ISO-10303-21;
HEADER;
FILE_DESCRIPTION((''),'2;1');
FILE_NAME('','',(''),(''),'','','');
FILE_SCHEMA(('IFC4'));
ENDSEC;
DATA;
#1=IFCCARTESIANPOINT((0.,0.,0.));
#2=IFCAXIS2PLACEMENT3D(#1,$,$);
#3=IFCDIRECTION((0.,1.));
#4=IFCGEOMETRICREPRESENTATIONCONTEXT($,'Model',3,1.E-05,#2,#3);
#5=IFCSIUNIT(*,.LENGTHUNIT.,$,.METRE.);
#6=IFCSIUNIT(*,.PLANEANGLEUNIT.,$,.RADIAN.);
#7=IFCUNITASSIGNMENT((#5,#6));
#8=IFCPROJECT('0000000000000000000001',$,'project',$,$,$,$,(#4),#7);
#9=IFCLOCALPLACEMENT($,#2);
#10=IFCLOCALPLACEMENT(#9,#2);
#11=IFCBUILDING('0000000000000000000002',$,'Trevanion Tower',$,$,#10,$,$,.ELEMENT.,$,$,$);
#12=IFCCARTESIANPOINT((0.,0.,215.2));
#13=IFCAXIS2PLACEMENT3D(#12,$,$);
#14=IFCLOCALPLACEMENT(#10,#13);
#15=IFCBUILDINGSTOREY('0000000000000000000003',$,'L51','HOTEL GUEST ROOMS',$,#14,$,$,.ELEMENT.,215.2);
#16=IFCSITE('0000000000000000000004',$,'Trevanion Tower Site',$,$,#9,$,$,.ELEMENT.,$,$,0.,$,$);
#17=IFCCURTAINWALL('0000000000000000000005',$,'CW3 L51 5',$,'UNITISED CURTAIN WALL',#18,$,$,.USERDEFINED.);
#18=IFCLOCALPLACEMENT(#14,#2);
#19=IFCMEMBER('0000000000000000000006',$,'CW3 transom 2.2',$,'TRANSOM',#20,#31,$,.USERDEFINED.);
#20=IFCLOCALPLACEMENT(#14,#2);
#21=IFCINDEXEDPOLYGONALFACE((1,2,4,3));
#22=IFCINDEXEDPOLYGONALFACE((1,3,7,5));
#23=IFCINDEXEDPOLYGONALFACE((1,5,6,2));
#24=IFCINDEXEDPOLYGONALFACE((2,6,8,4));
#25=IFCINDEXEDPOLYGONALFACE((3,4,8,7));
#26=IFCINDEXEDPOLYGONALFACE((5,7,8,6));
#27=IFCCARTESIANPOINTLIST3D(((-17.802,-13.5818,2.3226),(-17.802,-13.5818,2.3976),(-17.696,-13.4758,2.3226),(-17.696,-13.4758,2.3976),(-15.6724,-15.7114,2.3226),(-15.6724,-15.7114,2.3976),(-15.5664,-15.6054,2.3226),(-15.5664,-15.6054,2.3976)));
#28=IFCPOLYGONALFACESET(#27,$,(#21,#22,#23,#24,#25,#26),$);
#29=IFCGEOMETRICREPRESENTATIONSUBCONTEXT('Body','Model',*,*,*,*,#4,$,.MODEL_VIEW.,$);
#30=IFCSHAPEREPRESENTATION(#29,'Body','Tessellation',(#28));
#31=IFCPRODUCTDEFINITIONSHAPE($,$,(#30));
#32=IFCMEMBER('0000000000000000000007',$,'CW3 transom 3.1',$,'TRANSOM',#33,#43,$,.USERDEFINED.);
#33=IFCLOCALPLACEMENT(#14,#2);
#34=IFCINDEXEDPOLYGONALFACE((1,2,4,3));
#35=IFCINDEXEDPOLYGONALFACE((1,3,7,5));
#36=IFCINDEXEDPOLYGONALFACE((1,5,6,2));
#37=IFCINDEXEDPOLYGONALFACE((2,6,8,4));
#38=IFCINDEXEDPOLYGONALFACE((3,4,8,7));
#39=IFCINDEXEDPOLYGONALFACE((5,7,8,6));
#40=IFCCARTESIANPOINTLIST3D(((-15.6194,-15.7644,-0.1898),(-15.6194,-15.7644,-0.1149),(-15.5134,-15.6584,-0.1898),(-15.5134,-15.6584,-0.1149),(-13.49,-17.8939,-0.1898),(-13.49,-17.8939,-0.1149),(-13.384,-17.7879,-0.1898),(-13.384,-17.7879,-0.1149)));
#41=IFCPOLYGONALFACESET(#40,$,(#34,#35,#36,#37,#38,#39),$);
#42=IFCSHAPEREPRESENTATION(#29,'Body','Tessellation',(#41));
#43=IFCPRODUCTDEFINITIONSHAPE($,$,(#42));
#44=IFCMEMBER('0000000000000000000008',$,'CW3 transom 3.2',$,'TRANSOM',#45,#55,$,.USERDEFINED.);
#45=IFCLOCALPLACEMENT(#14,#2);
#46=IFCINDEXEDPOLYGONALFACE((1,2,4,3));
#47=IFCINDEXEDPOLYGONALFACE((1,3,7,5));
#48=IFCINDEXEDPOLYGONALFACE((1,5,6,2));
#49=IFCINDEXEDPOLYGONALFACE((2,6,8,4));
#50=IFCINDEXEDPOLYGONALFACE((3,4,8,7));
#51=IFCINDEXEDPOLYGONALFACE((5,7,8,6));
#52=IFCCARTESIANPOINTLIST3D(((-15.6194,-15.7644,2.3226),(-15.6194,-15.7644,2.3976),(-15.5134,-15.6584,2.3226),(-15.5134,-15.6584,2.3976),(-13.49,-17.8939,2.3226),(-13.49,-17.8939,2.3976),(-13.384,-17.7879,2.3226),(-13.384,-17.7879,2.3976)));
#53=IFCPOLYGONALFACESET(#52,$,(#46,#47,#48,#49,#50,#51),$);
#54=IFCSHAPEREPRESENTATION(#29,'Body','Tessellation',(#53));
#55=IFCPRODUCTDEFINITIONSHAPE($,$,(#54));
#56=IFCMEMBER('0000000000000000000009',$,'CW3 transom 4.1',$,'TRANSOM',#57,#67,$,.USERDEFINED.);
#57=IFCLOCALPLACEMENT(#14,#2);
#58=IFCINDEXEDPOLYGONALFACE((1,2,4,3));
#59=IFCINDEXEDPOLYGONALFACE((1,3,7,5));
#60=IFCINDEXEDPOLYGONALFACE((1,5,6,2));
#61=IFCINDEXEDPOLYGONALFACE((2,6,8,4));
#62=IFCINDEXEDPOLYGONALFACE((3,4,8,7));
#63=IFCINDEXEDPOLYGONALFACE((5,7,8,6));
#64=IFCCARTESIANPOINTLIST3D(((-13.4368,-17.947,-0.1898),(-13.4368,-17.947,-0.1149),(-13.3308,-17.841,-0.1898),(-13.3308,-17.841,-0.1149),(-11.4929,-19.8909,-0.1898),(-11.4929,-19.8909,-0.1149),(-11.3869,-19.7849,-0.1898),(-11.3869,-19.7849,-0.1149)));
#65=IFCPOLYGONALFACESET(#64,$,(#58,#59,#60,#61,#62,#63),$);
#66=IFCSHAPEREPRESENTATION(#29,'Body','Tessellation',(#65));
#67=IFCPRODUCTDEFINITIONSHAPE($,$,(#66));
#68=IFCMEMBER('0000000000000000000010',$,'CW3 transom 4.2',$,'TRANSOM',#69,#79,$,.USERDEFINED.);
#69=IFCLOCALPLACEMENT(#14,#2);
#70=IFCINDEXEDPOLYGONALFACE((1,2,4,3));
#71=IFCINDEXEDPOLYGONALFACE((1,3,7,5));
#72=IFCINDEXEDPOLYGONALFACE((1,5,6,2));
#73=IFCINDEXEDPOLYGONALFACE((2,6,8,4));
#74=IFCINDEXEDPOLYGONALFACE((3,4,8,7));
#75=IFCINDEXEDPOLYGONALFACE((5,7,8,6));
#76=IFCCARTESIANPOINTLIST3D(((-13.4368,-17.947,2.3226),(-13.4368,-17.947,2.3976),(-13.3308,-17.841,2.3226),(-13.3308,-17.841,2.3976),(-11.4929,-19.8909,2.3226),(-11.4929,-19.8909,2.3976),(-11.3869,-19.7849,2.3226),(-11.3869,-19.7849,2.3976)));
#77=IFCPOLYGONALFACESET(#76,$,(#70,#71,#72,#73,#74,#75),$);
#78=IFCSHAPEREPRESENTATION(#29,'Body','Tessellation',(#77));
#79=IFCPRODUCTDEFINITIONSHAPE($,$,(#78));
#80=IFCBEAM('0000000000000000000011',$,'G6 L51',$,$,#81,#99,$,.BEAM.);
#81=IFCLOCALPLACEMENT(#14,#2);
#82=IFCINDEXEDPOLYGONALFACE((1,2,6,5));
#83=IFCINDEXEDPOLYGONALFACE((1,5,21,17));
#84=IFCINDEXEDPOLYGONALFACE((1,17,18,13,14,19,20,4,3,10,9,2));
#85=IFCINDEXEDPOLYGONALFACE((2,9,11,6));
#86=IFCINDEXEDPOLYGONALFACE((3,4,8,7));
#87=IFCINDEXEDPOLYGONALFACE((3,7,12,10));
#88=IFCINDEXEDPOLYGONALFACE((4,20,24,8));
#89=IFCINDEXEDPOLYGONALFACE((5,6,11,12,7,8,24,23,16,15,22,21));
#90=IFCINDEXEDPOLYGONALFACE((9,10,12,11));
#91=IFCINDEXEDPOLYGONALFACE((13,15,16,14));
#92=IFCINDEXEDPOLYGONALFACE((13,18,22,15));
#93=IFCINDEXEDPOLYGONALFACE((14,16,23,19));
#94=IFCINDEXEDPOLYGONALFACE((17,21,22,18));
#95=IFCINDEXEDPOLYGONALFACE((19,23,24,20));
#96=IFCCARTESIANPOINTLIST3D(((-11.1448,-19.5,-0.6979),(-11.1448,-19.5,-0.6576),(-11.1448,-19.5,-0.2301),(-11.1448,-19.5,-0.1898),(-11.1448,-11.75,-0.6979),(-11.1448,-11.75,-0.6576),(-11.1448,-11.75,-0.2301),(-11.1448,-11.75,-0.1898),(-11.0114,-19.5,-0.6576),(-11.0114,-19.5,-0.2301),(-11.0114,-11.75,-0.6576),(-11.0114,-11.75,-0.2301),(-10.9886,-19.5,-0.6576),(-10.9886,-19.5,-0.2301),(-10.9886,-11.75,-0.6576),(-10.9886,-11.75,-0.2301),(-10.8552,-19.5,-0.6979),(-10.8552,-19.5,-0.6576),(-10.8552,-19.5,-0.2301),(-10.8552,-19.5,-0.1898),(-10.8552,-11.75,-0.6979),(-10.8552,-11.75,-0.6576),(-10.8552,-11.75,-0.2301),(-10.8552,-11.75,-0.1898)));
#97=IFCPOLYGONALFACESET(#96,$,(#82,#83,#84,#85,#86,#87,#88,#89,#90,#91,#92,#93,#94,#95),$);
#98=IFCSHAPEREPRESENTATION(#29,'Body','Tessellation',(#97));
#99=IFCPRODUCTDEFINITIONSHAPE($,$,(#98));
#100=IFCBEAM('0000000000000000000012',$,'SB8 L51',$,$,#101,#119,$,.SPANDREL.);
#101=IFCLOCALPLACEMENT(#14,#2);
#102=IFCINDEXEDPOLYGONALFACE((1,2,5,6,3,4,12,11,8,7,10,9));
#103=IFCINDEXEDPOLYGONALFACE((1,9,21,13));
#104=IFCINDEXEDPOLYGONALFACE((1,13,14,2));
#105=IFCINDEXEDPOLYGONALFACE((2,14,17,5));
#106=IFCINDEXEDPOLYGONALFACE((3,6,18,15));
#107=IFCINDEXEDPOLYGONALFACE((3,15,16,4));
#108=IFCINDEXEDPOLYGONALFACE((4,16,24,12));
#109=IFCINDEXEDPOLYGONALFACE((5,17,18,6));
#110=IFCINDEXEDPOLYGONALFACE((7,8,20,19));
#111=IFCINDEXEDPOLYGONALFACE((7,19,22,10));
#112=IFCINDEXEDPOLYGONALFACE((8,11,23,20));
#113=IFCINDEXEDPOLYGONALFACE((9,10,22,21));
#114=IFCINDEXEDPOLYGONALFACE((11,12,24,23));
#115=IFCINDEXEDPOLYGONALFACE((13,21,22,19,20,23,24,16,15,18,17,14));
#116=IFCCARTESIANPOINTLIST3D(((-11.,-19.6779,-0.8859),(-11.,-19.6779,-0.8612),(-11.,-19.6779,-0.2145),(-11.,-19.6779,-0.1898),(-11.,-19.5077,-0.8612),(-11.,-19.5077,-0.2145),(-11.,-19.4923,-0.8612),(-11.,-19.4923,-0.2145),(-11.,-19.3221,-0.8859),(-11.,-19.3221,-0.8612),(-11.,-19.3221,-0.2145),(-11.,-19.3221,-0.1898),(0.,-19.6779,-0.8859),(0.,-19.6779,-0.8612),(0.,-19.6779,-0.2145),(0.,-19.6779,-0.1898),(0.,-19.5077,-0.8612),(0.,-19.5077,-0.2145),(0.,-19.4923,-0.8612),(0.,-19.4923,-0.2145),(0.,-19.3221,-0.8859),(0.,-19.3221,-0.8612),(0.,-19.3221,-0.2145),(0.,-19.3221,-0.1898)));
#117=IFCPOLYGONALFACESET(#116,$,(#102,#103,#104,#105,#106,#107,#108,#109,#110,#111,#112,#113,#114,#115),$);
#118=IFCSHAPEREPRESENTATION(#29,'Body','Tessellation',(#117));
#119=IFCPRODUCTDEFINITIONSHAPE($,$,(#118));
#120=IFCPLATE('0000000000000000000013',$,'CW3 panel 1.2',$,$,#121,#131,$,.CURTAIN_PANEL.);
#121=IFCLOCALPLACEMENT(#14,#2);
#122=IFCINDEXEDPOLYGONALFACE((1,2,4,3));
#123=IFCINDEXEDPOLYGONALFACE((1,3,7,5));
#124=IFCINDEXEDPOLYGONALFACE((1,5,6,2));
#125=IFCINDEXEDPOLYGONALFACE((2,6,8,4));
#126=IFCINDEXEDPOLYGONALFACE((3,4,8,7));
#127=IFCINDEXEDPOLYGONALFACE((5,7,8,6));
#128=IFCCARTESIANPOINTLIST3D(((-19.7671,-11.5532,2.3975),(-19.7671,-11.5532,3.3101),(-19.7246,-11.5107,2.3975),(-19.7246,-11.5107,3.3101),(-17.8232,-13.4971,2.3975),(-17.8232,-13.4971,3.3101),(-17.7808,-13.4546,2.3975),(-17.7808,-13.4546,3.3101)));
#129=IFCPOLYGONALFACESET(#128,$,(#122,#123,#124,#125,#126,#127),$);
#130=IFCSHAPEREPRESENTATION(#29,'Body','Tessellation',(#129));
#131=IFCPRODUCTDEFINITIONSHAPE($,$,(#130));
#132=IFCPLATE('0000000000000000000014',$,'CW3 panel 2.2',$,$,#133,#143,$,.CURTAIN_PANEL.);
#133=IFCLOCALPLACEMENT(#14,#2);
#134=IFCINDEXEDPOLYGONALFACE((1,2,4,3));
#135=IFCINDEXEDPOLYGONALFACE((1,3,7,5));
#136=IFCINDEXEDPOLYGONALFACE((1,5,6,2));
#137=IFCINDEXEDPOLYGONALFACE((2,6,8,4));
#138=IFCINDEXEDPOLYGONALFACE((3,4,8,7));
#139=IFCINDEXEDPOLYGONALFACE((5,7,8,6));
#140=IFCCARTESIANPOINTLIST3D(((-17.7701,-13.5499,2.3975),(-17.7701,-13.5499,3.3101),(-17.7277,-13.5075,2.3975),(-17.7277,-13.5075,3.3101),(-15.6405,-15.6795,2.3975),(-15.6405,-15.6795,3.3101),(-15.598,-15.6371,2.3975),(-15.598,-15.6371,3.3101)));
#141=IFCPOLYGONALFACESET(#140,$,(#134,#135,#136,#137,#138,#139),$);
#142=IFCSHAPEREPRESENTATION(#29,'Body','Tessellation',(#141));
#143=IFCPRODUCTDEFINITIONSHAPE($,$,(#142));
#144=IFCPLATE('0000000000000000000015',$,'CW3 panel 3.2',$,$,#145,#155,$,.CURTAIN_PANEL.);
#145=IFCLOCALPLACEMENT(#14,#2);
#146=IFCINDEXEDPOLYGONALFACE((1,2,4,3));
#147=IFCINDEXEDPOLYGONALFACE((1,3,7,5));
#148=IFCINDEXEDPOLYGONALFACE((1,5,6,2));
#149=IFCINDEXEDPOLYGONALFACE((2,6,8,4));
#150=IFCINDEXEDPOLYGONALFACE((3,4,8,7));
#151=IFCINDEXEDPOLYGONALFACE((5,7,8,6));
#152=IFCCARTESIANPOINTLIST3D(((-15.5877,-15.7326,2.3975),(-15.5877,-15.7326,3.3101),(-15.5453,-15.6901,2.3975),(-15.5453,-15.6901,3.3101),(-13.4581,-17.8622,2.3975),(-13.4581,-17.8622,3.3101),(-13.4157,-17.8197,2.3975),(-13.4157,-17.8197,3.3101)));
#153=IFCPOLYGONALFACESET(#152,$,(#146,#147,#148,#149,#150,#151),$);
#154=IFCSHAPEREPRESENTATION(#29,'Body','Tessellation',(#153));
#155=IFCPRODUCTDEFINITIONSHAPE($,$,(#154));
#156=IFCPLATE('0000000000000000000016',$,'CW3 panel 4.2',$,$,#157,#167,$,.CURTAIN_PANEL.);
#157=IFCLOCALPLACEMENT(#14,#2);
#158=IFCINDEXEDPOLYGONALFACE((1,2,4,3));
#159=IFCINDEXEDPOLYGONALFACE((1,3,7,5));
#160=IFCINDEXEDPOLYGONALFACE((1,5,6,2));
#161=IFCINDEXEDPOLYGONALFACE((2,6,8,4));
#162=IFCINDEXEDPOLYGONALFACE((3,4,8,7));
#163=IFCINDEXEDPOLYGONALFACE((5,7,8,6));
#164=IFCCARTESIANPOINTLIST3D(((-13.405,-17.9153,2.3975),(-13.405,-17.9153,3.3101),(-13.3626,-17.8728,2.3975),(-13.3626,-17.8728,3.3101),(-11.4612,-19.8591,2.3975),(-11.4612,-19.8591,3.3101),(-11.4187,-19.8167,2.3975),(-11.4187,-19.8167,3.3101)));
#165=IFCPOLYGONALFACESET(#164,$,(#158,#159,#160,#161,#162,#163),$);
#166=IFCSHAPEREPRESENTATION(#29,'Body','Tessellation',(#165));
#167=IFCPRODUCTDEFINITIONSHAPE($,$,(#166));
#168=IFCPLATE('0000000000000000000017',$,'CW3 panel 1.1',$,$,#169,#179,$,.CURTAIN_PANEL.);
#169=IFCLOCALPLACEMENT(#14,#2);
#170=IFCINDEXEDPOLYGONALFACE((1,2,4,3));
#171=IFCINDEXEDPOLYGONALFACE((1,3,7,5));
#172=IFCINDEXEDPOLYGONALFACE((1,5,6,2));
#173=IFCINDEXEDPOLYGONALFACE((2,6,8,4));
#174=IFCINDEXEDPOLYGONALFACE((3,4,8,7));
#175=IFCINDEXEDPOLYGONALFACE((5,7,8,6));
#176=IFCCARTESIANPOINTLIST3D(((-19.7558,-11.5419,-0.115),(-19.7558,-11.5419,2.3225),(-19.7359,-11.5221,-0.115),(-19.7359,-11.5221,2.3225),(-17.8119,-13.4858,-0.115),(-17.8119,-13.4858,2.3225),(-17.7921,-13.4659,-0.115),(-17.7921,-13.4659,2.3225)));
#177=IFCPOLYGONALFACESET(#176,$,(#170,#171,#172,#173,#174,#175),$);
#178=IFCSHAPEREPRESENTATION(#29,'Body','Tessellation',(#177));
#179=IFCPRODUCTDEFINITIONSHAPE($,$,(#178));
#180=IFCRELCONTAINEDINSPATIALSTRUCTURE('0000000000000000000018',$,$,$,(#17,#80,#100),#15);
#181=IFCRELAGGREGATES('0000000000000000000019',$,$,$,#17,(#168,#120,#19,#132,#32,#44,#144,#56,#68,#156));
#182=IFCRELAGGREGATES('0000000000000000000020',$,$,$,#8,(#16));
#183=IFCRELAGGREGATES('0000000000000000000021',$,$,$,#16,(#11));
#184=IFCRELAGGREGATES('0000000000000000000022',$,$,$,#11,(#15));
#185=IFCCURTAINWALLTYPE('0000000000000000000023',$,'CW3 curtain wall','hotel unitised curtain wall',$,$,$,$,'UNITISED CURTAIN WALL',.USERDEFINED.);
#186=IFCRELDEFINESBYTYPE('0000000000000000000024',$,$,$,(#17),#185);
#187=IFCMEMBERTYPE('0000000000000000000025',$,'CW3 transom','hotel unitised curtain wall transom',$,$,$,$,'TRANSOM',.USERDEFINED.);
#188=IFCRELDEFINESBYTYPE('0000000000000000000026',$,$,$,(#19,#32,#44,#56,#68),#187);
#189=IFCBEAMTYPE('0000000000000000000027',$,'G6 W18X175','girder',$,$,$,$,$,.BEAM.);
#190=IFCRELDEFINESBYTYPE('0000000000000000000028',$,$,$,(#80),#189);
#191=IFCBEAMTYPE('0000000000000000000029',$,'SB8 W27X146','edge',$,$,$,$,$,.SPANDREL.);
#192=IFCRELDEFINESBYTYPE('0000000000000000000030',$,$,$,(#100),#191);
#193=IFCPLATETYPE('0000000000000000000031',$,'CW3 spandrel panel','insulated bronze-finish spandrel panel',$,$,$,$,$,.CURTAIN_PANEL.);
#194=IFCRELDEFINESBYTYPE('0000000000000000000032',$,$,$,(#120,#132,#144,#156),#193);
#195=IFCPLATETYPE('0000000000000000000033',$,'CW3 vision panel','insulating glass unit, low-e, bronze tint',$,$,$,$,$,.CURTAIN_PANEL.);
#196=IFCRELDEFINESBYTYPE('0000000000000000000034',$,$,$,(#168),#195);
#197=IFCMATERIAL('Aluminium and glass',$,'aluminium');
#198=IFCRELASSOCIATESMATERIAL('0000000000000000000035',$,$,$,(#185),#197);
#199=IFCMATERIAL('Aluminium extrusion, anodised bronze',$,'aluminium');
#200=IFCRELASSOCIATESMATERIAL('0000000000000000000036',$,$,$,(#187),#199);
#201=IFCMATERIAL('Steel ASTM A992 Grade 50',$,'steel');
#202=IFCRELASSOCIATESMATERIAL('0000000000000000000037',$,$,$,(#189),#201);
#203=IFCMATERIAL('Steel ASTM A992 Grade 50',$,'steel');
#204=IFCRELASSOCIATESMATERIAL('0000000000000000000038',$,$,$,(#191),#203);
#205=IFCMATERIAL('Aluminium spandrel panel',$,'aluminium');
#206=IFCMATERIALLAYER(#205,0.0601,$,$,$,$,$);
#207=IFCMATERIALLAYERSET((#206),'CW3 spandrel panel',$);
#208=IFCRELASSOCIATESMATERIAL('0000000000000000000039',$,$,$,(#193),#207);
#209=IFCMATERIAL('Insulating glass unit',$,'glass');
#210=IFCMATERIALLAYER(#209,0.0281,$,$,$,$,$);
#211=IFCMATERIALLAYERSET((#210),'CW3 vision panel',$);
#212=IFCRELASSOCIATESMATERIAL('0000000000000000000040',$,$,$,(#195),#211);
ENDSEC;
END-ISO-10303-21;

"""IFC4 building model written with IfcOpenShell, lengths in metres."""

from ifc_helpers import new_model, si_unit, direction, frame, origin, origin_2d, place, context, subcontext, project, spatial, rectangle, i_section, extrude, material, layer, layer_set, material_profile, profile_set, type_object, element, aggregate, save


model = new_model("IFC4")

# Units and contexts
model_context = context("Model", 3, precision=1e-05, world=origin(), true_north=direction((0.0, 1.0)))
body_context = subcontext(model_context, "Body", "Model", "MODEL_VIEW")
ifc_project = project(units=[si_unit("LENGTHUNIT", "METRE"), si_unit("PLANEANGLEUNIT", "RADIAN")], contexts=[model_context])

# Site, building, storey
site_placement = place(None, origin())
site = spatial("IfcSite", under=ifc_project, at=site_placement, Name="Trevanion Tower Site", CompositionType="ELEMENT", RefElevation=0.0)
building_placement = place(site_placement, origin())
building = spatial("IfcBuilding", under=site, at=building_placement, Name="Trevanion Tower", CompositionType="ELEMENT")
storey_placement = place(building_placement, frame((0.0, 0.0, 215.2)))
storey = spatial("IfcBuildingStorey", under=building, at=storey_placement, Name="L51", Description="HOTEL GUEST ROOMS", CompositionType="ELEMENT", Elevation=215.2)

# Curtain wall
ifc_material_1 = material(Name="Aluminium and glass", Category="aluminium")
curtain_wall_type = type_object("IfcCurtainWallType", Name="CW3 curtain wall", Description="hotel unitised curtain wall", ElementType="UNITISED CURTAIN WALL", PredefinedType="USERDEFINED", material=ifc_material_1)
curtain_wall_1_placement = place(storey_placement, origin())
curtain_wall_1 = element("IfcCurtainWall", 1, at=curtain_wall_1_placement, inside=storey, type_object=curtain_wall_type, Name="CW3 L51 5", ObjectType="UNITISED CURTAIN WALL", PredefinedType="USERDEFINED")

# Members
ifc_material_2 = material(Name="Aluminium extrusion, anodised bronze", Category="aluminium")
ifc_material_profile_1 = material_profile(ifc_material_2, rectangle(XDim=0.1499, YDim=0.075, at=origin_2d()), Name="CW3 transom")
ifc_profile_set_1 = profile_set([ifc_material_profile_1], Name="Aluminium extrusion, anodised bronze")
member_type_1 = type_object("IfcMemberType", Name="CW3 transom", Description="hotel unitised curtain wall transom", ElementType="TRANSOM", PredefinedType="USERDEFINED", material=ifc_profile_set_1)
member_1_placement = place(storey_placement, frame((-17.749, -13.5288, 2.3601), z_axis=(0.707107, -0.707107, 0.0), x_axis=(0.707107, 0.707107, 0.0)))
member_1 = element("IfcMember", 2, at=member_1_placement, type_object=member_type_1, Name="CW3 transom 2.2", ObjectType="TRANSOM", PredefinedType="USERDEFINED", context=body_context, shape_type="SweptSolid", body=[
    extrude(rectangle(XDim=0.1499, YDim=0.075, at=origin_2d()), origin(), (0.0, 0.0, 1.0), 3.0117),
])
member_2_placement = place(storey_placement, frame((-15.5664, -15.7114, -0.1523), z_axis=(0.707107, -0.707107, 0.0), x_axis=(0.707107, 0.707107, 0.0)))
member_2 = element("IfcMember", 3, at=member_2_placement, type_object=member_type_1, Name="CW3 transom 3.1", ObjectType="TRANSOM", PredefinedType="USERDEFINED", context=body_context, shape_type="SweptSolid", body=[
    extrude(rectangle(XDim=0.1499, YDim=0.075, at=origin_2d()), origin(), (0.0, 0.0, 1.0), 3.0115),
])
member_3_placement = place(storey_placement, frame((-15.5664, -15.7114, 2.3601), z_axis=(0.707107, -0.707107, 0.0), x_axis=(0.707107, 0.707107, 0.0)))
member_3 = element("IfcMember", 4, at=member_3_placement, type_object=member_type_1, Name="CW3 transom 3.2", ObjectType="TRANSOM", PredefinedType="USERDEFINED", context=body_context, shape_type="SweptSolid", body=[
    extrude(rectangle(XDim=0.1499, YDim=0.075, at=origin_2d()), origin(), (0.0, 0.0, 1.0), 3.0115),
])
member_4_placement = place(storey_placement, frame((-13.3838, -17.894, -0.1523), z_axis=(0.707107, -0.707107, 0.0), x_axis=(0.707107, 0.707107, 0.0)))
member_4 = element("IfcMember", 5, at=member_4_placement, type_object=member_type_1, Name="CW3 transom 4.1", ObjectType="TRANSOM", PredefinedType="USERDEFINED", context=body_context, shape_type="SweptSolid", body=[
    extrude(rectangle(XDim=0.1499, YDim=0.075, at=origin_2d()), origin(), (0.0, 0.0, 1.0), 2.749),
])
member_5_placement = place(storey_placement, frame((-13.3838, -17.894, 2.3601), z_axis=(0.707107, -0.707107, 0.0), x_axis=(0.707107, 0.707107, 0.0)))
member_5 = element("IfcMember", 6, at=member_5_placement, type_object=member_type_1, Name="CW3 transom 4.2", ObjectType="TRANSOM", PredefinedType="USERDEFINED", context=body_context, shape_type="SweptSolid", body=[
    extrude(rectangle(XDim=0.1499, YDim=0.075, at=origin_2d()), origin(), (0.0, 0.0, 1.0), 2.749),
])

# Beams
ifc_material_3 = material(Name="Steel ASTM A992 Grade 50", Category="steel")
ifc_material_profile_2 = material_profile(ifc_material_3, i_section(OverallWidth=0.2896, OverallDepth=0.5081, WebThickness=0.0227, FlangeThickness=0.0403, at=origin_2d()), Name="W18X175")
ifc_profile_set_2 = profile_set([ifc_material_profile_2], Name="Steel ASTM A992 Grade 50")
beam_type_1 = type_object("IfcBeamType", Name="G6 W18X175", Description="girder", PredefinedType="BEAM", material=ifc_profile_set_2)
beam_1_placement = place(storey_placement, frame((-11.0, -11.75, -0.4438), z_axis=(0.0, -1.0, 0.0), x_axis=(1.0, 0.0, 0.0)))
element("IfcBeam", 7, at=beam_1_placement, inside=storey, type_object=beam_type_1, Name="G6 L51", PredefinedType="BEAM", context=body_context, shape_type="SweptSolid", body=[
    extrude(i_section(OverallWidth=0.2896, OverallDepth=0.5081, WebThickness=0.0227, FlangeThickness=0.0403, at=origin_2d()), origin(), (0.0, 0.0, 1.0), 7.75),
])
ifc_material_4 = material(Name="Steel ASTM A992 Grade 50", Category="steel")
ifc_material_profile_3 = material_profile(ifc_material_4, i_section(OverallWidth=0.3557, OverallDepth=0.696, WebThickness=0.0154, FlangeThickness=0.0247, at=origin_2d()), Name="W27X146")
ifc_profile_set_3 = profile_set([ifc_material_profile_3], Name="Steel ASTM A992 Grade 50")
beam_type_2 = type_object("IfcBeamType", Name="SB8 W27X146", Description="edge", PredefinedType="SPANDREL", material=ifc_profile_set_3)
beam_2_placement = place(storey_placement, frame((-11.0, -19.5, -0.5378), z_axis=(1.0, 0.0, 0.0), x_axis=(0.0, 1.0, 0.0)))
element("IfcBeam", 8, at=beam_2_placement, inside=storey, type_object=beam_type_2, Name="SB8 L51", PredefinedType="SPANDREL", context=body_context, shape_type="SweptSolid", body=[
    extrude(i_section(OverallWidth=0.3557, OverallDepth=0.696, WebThickness=0.0154, FlangeThickness=0.0247, at=origin_2d()), origin(), (0.0, 0.0, 1.0), 11.0),
])

# Plates
ifc_material_5 = material(Name="Aluminium spandrel panel", Category="aluminium")
ifc_layer_1 = layer(ifc_material_5, 0.0601)
ifc_layer_set_1 = layer_set([ifc_layer_1], Name="CW3 spandrel panel")
plate_type_1 = type_object("IfcPlateType", Name="CW3 spandrel panel", Description="insulated bronze-finish spandrel panel", PredefinedType="CURTAIN_PANEL", material=ifc_layer_set_1)
plate_1_placement = place(storey_placement, frame((-18.7739, -12.5039, 2.3975), z_axis=(0.0, 0.0, 1.0), x_axis=(0.707107, -0.707107, 0.0)))
plate_1 = element("IfcPlate", 9, at=plate_1_placement, type_object=plate_type_1, Name="CW3 panel 1.2", PredefinedType="CURTAIN_PANEL", context=body_context, shape_type="SweptSolid", body=[
    extrude(rectangle(XDim=2.749, YDim=0.0601, at=origin_2d()), origin(), (0.0, 0.0, 1.0), 0.9126),
])
plate_2_placement = place(storey_placement, frame((-16.6841, -14.5935, 2.3975), z_axis=(0.0, 0.0, 1.0), x_axis=(0.707107, -0.707107, 0.0)))
plate_2 = element("IfcPlate", 10, at=plate_2_placement, type_object=plate_type_1, Name="CW3 panel 2.2", PredefinedType="CURTAIN_PANEL", context=body_context, shape_type="SweptSolid", body=[
    extrude(rectangle(XDim=3.0117, YDim=0.0601, at=origin_2d()), origin(), (0.0, 0.0, 1.0), 0.9126),
])
plate_3_placement = place(storey_placement, frame((-14.5017, -16.7761, 2.3975), z_axis=(0.0, 0.0, 1.0), x_axis=(0.707107, -0.707107, 0.0)))
plate_3 = element("IfcPlate", 11, at=plate_3_placement, type_object=plate_type_1, Name="CW3 panel 3.2", PredefinedType="CURTAIN_PANEL", context=body_context, shape_type="SweptSolid", body=[
    extrude(rectangle(XDim=3.0117, YDim=0.0601, at=origin_2d()), origin(), (0.0, 0.0, 1.0), 0.9126),
])
plate_4_placement = place(storey_placement, frame((-12.4119, -18.866, 2.3975), z_axis=(0.0, 0.0, 1.0), x_axis=(0.707107, -0.707107, 0.0)))
plate_4 = element("IfcPlate", 12, at=plate_4_placement, type_object=plate_type_1, Name="CW3 panel 4.2", PredefinedType="CURTAIN_PANEL", context=body_context, shape_type="SweptSolid", body=[
    extrude(rectangle(XDim=2.749, YDim=0.0601, at=origin_2d()), origin(), (0.0, 0.0, 1.0), 0.9126),
])
ifc_material_6 = material(Name="Insulating glass unit", Category="glass")
ifc_layer_2 = layer(ifc_material_6, 0.0281)
ifc_layer_set_2 = layer_set([ifc_layer_2], Name="CW3 vision panel")
plate_type_2 = type_object("IfcPlateType", Name="CW3 vision panel", Description="insulating glass unit, low-e, bronze tint", PredefinedType="CURTAIN_PANEL", material=ifc_layer_set_2)
plate_5_placement = place(storey_placement, frame((-18.7739, -12.5039, -0.115), z_axis=(0.0, 0.0, 1.0), x_axis=(0.707107, -0.707107, 0.0)))
plate_5 = element("IfcPlate", 13, at=plate_5_placement, type_object=plate_type_2, Name="CW3 panel 1.1", PredefinedType="CURTAIN_PANEL", context=body_context, shape_type="SweptSolid", body=[
    extrude(rectangle(XDim=2.749, YDim=0.0281, at=origin_2d()), origin(), (0.0, 0.0, 1.0), 2.4375),
])
aggregate(curtain_wall_1, [plate_5, plate_1, member_1, plate_2, member_2, member_3, plate_3, member_4, member_5, plate_4])

save(model, "model.ifc")
